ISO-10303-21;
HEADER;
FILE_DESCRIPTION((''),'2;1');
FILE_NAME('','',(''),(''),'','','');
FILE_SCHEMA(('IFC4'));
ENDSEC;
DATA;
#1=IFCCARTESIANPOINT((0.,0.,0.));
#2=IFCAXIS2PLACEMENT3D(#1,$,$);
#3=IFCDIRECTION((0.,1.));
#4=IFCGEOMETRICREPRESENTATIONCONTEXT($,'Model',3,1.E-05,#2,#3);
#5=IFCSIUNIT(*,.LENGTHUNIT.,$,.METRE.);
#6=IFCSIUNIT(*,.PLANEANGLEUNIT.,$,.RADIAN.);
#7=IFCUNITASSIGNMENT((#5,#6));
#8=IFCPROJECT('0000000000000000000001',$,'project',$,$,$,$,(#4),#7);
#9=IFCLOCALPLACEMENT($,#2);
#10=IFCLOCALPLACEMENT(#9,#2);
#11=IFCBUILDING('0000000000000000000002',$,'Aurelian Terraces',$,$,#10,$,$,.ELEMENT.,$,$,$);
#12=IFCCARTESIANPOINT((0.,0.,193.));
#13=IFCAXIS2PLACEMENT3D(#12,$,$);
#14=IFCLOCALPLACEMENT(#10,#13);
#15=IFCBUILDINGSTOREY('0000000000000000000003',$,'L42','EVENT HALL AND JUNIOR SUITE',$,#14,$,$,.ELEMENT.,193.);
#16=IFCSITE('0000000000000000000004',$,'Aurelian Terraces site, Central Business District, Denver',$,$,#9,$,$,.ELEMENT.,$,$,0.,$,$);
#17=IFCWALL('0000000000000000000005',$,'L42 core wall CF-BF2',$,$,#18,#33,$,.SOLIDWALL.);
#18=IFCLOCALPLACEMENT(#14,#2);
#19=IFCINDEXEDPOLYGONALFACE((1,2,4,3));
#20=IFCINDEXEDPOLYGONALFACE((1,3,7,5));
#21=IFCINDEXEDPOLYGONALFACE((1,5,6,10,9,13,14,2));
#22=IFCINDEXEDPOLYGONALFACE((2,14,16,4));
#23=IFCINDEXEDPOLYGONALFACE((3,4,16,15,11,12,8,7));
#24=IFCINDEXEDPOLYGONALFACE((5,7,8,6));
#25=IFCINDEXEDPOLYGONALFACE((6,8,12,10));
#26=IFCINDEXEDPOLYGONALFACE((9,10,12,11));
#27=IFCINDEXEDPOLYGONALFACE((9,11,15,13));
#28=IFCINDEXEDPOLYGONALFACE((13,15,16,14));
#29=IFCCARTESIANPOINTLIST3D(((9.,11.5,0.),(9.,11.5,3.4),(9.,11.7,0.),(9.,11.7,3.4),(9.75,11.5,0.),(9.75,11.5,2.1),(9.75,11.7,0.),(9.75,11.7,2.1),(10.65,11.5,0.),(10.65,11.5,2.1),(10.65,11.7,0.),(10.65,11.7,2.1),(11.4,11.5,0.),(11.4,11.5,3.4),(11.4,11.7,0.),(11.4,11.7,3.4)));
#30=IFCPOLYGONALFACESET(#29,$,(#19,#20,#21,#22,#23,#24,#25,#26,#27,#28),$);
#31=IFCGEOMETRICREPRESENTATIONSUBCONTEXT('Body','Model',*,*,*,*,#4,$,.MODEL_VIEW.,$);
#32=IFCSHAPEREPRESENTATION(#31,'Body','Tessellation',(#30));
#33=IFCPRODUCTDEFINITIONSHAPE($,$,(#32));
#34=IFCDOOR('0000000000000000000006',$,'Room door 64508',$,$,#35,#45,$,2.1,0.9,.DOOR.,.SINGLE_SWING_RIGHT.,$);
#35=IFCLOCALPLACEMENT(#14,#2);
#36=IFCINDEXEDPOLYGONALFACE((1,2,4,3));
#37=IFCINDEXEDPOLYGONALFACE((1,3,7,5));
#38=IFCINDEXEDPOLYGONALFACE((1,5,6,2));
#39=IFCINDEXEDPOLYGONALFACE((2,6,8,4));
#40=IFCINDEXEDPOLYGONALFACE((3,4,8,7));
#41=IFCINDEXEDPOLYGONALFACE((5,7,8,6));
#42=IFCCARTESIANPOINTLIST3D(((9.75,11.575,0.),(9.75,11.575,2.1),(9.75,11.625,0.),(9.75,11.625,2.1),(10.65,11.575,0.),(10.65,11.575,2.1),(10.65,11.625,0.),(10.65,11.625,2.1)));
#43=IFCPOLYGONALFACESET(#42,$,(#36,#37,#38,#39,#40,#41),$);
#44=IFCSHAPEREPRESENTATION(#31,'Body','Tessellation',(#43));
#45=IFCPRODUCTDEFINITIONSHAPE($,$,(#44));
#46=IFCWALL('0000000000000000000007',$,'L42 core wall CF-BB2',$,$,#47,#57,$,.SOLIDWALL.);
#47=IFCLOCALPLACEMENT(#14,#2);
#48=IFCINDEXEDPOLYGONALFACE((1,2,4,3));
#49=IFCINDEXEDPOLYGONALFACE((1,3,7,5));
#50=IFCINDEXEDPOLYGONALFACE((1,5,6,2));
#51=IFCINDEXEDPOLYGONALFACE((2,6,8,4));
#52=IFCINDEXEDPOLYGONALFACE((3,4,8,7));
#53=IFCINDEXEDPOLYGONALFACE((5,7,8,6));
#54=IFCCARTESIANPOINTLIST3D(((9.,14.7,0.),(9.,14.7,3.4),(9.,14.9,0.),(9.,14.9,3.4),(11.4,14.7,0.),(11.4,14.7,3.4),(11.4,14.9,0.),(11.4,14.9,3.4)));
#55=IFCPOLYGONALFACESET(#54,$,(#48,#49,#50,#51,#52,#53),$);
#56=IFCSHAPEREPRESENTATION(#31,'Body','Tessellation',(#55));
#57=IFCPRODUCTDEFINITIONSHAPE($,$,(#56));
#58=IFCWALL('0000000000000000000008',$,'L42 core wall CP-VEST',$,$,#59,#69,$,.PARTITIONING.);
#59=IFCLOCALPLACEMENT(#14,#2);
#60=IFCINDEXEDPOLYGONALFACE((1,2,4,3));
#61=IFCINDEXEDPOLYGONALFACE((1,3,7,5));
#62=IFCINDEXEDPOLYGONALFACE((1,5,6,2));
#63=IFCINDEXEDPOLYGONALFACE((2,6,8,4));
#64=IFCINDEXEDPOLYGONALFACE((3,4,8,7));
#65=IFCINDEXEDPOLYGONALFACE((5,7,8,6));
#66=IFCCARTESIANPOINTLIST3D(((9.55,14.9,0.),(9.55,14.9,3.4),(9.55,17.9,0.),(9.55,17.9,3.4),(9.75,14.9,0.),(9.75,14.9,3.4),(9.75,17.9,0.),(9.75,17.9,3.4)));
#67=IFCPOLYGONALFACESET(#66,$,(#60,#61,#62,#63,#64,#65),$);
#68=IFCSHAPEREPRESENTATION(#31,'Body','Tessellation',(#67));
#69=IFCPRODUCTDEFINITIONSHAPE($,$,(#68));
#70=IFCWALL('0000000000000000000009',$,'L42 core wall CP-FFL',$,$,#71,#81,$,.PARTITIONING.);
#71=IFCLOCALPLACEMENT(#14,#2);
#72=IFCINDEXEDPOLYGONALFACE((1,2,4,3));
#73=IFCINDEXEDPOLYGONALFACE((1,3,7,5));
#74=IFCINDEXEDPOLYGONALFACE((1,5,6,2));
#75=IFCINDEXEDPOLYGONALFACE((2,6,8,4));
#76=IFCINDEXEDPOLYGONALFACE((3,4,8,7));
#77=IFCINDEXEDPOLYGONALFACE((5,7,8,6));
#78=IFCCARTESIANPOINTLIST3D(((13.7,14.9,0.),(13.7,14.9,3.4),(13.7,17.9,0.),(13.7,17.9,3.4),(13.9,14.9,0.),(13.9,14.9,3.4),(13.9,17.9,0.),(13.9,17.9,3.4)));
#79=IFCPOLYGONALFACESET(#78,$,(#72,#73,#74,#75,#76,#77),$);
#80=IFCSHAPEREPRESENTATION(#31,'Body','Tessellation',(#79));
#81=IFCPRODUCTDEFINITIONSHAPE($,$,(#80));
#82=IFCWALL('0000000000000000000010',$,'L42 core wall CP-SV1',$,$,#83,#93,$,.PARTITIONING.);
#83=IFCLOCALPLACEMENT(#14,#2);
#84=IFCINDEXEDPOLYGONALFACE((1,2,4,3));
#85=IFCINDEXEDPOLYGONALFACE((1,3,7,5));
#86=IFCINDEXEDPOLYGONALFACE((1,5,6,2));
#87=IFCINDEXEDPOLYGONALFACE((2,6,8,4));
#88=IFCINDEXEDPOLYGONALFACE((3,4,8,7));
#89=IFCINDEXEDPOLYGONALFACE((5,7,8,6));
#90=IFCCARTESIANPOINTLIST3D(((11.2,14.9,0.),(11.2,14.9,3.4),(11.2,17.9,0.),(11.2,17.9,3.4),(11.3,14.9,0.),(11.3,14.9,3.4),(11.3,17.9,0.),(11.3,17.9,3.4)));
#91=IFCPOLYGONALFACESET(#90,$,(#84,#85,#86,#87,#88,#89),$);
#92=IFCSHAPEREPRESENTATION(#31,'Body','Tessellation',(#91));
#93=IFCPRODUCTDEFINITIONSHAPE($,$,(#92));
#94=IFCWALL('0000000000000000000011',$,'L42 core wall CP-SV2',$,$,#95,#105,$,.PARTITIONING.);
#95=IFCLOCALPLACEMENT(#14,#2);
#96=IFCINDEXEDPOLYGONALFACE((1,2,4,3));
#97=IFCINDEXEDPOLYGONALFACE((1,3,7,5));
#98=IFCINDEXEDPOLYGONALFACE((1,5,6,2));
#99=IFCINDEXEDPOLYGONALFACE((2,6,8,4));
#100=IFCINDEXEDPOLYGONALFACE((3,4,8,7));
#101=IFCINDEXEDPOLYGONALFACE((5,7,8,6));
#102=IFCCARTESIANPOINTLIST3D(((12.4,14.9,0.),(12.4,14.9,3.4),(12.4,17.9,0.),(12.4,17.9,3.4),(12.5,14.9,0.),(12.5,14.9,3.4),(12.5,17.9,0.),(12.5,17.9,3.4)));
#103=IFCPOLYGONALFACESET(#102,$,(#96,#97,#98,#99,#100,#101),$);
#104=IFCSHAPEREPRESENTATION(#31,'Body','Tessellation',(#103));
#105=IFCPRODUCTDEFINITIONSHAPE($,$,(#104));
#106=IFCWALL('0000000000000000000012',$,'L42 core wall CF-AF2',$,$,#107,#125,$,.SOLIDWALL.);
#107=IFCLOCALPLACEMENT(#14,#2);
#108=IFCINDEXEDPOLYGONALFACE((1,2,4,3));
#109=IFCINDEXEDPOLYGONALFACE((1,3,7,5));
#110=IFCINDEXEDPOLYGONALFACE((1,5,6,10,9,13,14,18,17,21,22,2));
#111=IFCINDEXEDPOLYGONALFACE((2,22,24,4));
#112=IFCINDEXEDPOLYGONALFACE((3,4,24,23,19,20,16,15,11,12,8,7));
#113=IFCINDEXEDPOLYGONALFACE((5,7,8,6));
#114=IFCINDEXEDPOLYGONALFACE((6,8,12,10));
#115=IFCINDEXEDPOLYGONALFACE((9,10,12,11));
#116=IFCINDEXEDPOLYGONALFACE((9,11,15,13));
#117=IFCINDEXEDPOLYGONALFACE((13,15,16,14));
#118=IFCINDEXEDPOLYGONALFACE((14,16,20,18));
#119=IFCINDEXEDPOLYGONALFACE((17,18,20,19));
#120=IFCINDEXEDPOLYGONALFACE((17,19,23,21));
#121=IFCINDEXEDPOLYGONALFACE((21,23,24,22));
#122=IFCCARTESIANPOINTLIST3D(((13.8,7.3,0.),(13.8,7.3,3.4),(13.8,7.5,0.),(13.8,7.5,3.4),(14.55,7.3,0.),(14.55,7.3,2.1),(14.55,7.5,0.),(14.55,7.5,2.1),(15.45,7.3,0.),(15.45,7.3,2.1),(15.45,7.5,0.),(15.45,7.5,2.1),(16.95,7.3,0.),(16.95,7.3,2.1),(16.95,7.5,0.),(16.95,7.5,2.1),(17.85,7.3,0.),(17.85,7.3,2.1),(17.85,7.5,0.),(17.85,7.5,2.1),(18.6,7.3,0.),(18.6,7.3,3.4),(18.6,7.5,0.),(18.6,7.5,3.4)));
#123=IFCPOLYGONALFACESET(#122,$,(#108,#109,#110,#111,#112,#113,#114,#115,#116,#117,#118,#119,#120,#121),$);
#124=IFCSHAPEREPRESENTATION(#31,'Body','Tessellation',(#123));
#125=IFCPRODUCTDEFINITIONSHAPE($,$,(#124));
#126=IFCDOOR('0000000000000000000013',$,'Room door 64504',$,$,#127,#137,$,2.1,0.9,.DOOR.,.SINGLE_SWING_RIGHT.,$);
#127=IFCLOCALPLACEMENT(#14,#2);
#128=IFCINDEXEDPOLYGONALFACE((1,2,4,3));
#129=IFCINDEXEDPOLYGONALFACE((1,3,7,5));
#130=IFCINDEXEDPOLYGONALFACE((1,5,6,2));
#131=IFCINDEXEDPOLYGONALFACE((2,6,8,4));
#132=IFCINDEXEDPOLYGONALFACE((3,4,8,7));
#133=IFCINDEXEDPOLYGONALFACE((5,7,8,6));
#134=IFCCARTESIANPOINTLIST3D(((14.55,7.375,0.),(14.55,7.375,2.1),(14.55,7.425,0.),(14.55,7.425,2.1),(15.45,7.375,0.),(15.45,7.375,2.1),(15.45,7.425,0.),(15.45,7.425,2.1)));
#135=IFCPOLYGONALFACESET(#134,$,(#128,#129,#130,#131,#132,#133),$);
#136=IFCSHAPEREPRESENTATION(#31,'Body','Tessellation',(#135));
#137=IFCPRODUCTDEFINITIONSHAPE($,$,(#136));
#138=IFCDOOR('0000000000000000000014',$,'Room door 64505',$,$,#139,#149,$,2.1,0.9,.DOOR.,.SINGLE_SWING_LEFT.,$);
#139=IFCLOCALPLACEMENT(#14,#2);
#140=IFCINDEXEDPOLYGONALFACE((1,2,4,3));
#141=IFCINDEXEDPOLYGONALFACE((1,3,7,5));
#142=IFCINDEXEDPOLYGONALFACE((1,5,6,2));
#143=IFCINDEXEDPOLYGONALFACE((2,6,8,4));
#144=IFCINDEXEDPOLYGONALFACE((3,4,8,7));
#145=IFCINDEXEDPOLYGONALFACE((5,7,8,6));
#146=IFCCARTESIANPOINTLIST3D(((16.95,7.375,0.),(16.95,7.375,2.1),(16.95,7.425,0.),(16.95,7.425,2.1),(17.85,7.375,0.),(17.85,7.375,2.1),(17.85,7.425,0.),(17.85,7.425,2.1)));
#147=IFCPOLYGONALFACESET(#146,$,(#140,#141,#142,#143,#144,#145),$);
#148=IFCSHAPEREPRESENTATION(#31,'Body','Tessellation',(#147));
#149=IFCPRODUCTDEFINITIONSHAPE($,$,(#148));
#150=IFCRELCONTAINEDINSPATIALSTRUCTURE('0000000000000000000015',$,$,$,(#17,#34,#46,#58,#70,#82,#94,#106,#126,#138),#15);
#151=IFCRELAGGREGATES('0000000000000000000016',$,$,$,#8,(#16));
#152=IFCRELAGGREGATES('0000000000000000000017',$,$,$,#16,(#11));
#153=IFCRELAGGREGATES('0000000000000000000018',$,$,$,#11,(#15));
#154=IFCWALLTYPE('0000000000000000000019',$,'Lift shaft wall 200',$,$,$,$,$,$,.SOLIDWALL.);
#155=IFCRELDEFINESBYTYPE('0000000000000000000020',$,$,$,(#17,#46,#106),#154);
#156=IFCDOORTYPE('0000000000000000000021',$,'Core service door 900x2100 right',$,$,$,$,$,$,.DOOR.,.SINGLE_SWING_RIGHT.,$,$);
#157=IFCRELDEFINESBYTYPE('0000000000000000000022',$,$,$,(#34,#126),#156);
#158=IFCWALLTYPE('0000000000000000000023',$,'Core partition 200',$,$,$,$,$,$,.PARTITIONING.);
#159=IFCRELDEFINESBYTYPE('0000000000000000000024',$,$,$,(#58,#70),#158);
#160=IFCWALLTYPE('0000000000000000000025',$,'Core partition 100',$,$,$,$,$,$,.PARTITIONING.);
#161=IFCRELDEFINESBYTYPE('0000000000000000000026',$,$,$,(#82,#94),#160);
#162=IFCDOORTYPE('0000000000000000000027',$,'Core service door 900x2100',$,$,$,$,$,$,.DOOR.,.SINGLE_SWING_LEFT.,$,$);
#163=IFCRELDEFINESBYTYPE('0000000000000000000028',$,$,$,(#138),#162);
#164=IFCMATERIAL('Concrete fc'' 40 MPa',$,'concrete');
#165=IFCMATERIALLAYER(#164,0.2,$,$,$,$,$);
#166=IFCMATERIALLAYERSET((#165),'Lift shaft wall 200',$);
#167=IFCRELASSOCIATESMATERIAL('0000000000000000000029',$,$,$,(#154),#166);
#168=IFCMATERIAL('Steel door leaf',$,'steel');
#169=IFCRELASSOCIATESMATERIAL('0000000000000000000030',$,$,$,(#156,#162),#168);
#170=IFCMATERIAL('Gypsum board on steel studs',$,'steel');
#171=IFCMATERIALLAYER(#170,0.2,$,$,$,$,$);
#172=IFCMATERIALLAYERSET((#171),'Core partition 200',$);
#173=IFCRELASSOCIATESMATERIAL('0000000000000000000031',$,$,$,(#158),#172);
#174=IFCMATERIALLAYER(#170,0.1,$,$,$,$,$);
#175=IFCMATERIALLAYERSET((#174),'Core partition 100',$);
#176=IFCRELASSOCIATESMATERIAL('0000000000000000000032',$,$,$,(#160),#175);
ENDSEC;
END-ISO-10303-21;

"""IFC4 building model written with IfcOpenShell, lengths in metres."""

from ifc_helpers import new_model, si_unit, direction, frame, frame_2d, origin, place, context, subcontext, project, spatial, rectangle, extrude, source, transform, mapped, material, layer, layer_set, type_object, element, fill, save


model = new_model("IFC4")

# Units and contexts
model_context = context("Model", 3, precision=1e-05, world=origin(), true_north=direction((0.0, 1.0)))
body_context = subcontext(model_context, "Body", "Model", "MODEL_VIEW")
ifc_project = project(units=[si_unit("LENGTHUNIT", "METRE"), si_unit("PLANEANGLEUNIT", "RADIAN")], contexts=[model_context])

# Site, building, storey
site_placement = place(None, origin())
site = spatial("IfcSite", under=ifc_project, at=site_placement, Name="Aurelian Terraces site, Central Business District, Denver", CompositionType="ELEMENT", RefElevation=0.0)
building_placement = place(site_placement, origin())
building = spatial("IfcBuilding", under=site, at=building_placement, Name="Aurelian Terraces", CompositionType="ELEMENT")
storey_placement = place(building_placement, frame((0.0, 0.0, 193.0)))
storey = spatial("IfcBuildingStorey", under=building, at=storey_placement, Name="L42", Description="EVENT HALL AND JUNIOR SUITE", CompositionType="ELEMENT", Elevation=193.0)

# Shared definitions
ifc_material_1 = material(Name="Concrete fc' 40 MPa", Category="concrete")
ifc_layer_1 = layer(ifc_material_1, 0.2)
ifc_layer_set_1 = layer_set([ifc_layer_1], Name="Lift shaft wall 200")
wall_type_1 = type_object("IfcWallType", Name="Lift shaft wall 200", PredefinedType="SOLIDWALL", material=ifc_layer_set_1)

# Wall, opening, door
shared_shape_1 = source(origin(), body_context, "Body", "SweptSolid", [
    extrude(rectangle(XDim=2.4, YDim=0.2, at=frame_2d((1.2, 0.0))), origin(), (0.0, 0.0, 1.0), 3.4),
])
wall_1_placement = place(storey_placement, frame((9.0, 11.6, 0.0), z_axis=(0.0, 0.0, 1.0), x_axis=(1.0, 0.0, 0.0)))
wall_1 = element("IfcWall", 1, at=wall_1_placement, inside=storey, type_object=wall_type_1, Name="L42 core wall CF-BF2", PredefinedType="SOLIDWALL", context=body_context, shape_type="MappedRepresentation", body=[
    mapped(shared_shape_1, transform((0.0, 0.0, 0.0), scale=1.0)),
])
shared_shape_2 = source(origin(), body_context, "Body", "SweptSolid", [
    extrude(rectangle(XDim=0.9, YDim=2.1, at=frame_2d((0.45, 1.05))), frame((0.0, 0.11, 0.0), z_axis=(0.0, -1.0, 0.0), x_axis=(1.0, 0.0, 0.0)), (0.0, 0.0, 1.0), 0.22),
])
opening_1_placement = place(wall_1_placement, frame((0.75, 0.0, 0.0)))
opening_1 = element("IfcOpeningElement", 2, at=opening_1_placement, cuts=wall_1, PredefinedType="OPENING", context=body_context, shape_type="MappedRepresentation", body=[
    mapped(shared_shape_2, transform((0.0, 0.0, 0.0), scale=1.0)),
])
ifc_material_2 = material(Name="Steel door leaf", Category="steel")
door_type_1 = type_object("IfcDoorType", Name="Core service door 900x2100 right", OperationType="SINGLE_SWING_RIGHT", PredefinedType="DOOR", material=ifc_material_2)
shared_shape_3 = source(origin(), body_context, "Body", "SweptSolid", [
    extrude(rectangle(XDim=0.9, YDim=2.1, at=frame_2d((0.45, 1.05))), frame((0.0, 0.025, 0.0), z_axis=(0.0, -1.0, 0.0), x_axis=(1.0, 0.0, 0.0)), (0.0, 0.0, 1.0), 0.05),
])
door_1_placement = place(opening_1_placement, origin())
door_1 = element("IfcDoor", 3, at=door_1_placement, inside=storey, type_object=door_type_1, Name="Room door 64508", OperationType="SINGLE_SWING_RIGHT", OverallHeight=2.1, OverallWidth=0.9, PredefinedType="DOOR", context=body_context, shape_type="MappedRepresentation", body=[
    mapped(shared_shape_3, transform((0.0, 0.0, 0.0), scale=1.0)),
])
fill(opening_1, door_1)

# Walls
wall_2_placement = place(storey_placement, frame((9.0, 14.8, 0.0), z_axis=(0.0, 0.0, 1.0), x_axis=(1.0, 0.0, 0.0)))
element("IfcWall", 4, at=wall_2_placement, inside=storey, type_object=wall_type_1, Name="L42 core wall CF-BB2", PredefinedType="SOLIDWALL", context=body_context, shape_type="MappedRepresentation", body=[
    mapped(shared_shape_1, transform((0.0, 0.0, 0.0), scale=1.0)),
])
ifc_material_3 = material(Name="Gypsum board on steel studs", Category="steel")
ifc_layer_2 = layer(ifc_material_3, 0.2)
ifc_layer_set_2 = layer_set([ifc_layer_2], Name="Core partition 200")
wall_type_2 = type_object("IfcWallType", Name="Core partition 200", PredefinedType="PARTITIONING", material=ifc_layer_set_2)
shared_shape_4 = source(origin(), body_context, "Body", "SweptSolid", [
    extrude(rectangle(XDim=3.0, YDim=0.2, at=frame_2d((1.5, 0.0))), origin(), (0.0, 0.0, 1.0), 3.4),
])
for number, where, z_axis, x_axis, name in (
    (5, (9.65, 14.9, 0.0), (0.0, 0.0, 1.0), (0.0, 1.0, 0.0), "L42 core wall CP-VEST"),
    (6, (13.8, 14.9, 0.0), (0.0, 0.0, 1.0), (0.0, 1.0, 0.0), "L42 core wall CP-FFL"),
):
    element("IfcWall", number, at=place(storey_placement, frame(where, z_axis=z_axis, x_axis=x_axis)), inside=storey, type_object=wall_type_2, Name=name, PredefinedType="PARTITIONING", context=body_context, shape_type="MappedRepresentation", body=[
        mapped(shared_shape_4, transform((0.0, 0.0, 0.0), scale=1.0)),
    ])
ifc_layer_3 = layer(ifc_material_3, 0.1)
ifc_layer_set_3 = layer_set([ifc_layer_3], Name="Core partition 100")
wall_type_3 = type_object("IfcWallType", Name="Core partition 100", PredefinedType="PARTITIONING", material=ifc_layer_set_3)
shared_shape_5 = source(origin(), body_context, "Body", "SweptSolid", [
    extrude(rectangle(XDim=3.0, YDim=0.1, at=frame_2d((1.5, 0.0))), origin(), (0.0, 0.0, 1.0), 3.4),
])
for number, where, z_axis, x_axis, name in (
    (7, (11.25, 14.9, 0.0), (0.0, 0.0, 1.0), (0.0, 1.0, 0.0), "L42 core wall CP-SV1"),
    (8, (12.45, 14.9, 0.0), (0.0, 0.0, 1.0), (0.0, 1.0, 0.0), "L42 core wall CP-SV2"),
):
    element("IfcWall", number, at=place(storey_placement, frame(where, z_axis=z_axis, x_axis=x_axis)), inside=storey, type_object=wall_type_3, Name=name, PredefinedType="PARTITIONING", context=body_context, shape_type="MappedRepresentation", body=[
        mapped(shared_shape_5, transform((0.0, 0.0, 0.0), scale=1.0)),
    ])

# Wall, openings, doors
shared_shape_6 = source(origin(), body_context, "Body", "SweptSolid", [
    extrude(rectangle(XDim=4.8, YDim=0.2, at=frame_2d((2.4, 0.0))), origin(), (0.0, 0.0, 1.0), 3.4),
])
wall_3_placement = place(storey_placement, frame((13.8, 7.4, 0.0), z_axis=(0.0, 0.0, 1.0), x_axis=(1.0, 0.0, 0.0)))
wall_3 = element("IfcWall", 9, at=wall_3_placement, inside=storey, type_object=wall_type_1, Name="L42 core wall CF-AF2", PredefinedType="SOLIDWALL", context=body_context, shape_type="MappedRepresentation", body=[
    mapped(shared_shape_6, transform((0.0, 0.0, 0.0), scale=1.0)),
])
opening_2_placement = place(wall_3_placement, frame((0.75, 0.0, 0.0)))
opening_2 = element("IfcOpeningElement", 10, at=opening_2_placement, cuts=wall_3, PredefinedType="OPENING", context=body_context, shape_type="MappedRepresentation", body=[
    mapped(shared_shape_2, transform((0.0, 0.0, 0.0), scale=1.0)),
])
opening_3_placement = place(wall_3_placement, frame((3.15, 0.0, 0.0)))
opening_3 = element("IfcOpeningElement", 11, at=opening_3_placement, cuts=wall_3, PredefinedType="OPENING", context=body_context, shape_type="MappedRepresentation", body=[
    mapped(shared_shape_2, transform((0.0, 0.0, 0.0), scale=1.0)),
])
door_2_placement = place(opening_2_placement, origin())
door_2 = element("IfcDoor", 12, at=door_2_placement, inside=storey, type_object=door_type_1, Name="Room door 64504", OperationType="SINGLE_SWING_RIGHT", OverallHeight=2.1, OverallWidth=0.9, PredefinedType="DOOR", context=body_context, shape_type="MappedRepresentation", body=[
    mapped(shared_shape_3, transform((0.0, 0.0, 0.0), scale=1.0)),
])
fill(opening_2, door_2)
door_type_2 = type_object("IfcDoorType", Name="Core service door 900x2100", OperationType="SINGLE_SWING_LEFT", PredefinedType="DOOR", material=ifc_material_2)
door_3_placement = place(opening_3_placement, origin())
door_3 = element("IfcDoor", 13, at=door_3_placement, inside=storey, type_object=door_type_2, Name="Room door 64505", OperationType="SINGLE_SWING_LEFT", OverallHeight=2.1, OverallWidth=0.9, PredefinedType="DOOR", context=body_context, shape_type="MappedRepresentation", body=[
    mapped(shared_shape_3, transform((0.0, 0.0, 0.0), scale=1.0)),
])
fill(opening_3, door_3)

save(model, "model.ifc")
